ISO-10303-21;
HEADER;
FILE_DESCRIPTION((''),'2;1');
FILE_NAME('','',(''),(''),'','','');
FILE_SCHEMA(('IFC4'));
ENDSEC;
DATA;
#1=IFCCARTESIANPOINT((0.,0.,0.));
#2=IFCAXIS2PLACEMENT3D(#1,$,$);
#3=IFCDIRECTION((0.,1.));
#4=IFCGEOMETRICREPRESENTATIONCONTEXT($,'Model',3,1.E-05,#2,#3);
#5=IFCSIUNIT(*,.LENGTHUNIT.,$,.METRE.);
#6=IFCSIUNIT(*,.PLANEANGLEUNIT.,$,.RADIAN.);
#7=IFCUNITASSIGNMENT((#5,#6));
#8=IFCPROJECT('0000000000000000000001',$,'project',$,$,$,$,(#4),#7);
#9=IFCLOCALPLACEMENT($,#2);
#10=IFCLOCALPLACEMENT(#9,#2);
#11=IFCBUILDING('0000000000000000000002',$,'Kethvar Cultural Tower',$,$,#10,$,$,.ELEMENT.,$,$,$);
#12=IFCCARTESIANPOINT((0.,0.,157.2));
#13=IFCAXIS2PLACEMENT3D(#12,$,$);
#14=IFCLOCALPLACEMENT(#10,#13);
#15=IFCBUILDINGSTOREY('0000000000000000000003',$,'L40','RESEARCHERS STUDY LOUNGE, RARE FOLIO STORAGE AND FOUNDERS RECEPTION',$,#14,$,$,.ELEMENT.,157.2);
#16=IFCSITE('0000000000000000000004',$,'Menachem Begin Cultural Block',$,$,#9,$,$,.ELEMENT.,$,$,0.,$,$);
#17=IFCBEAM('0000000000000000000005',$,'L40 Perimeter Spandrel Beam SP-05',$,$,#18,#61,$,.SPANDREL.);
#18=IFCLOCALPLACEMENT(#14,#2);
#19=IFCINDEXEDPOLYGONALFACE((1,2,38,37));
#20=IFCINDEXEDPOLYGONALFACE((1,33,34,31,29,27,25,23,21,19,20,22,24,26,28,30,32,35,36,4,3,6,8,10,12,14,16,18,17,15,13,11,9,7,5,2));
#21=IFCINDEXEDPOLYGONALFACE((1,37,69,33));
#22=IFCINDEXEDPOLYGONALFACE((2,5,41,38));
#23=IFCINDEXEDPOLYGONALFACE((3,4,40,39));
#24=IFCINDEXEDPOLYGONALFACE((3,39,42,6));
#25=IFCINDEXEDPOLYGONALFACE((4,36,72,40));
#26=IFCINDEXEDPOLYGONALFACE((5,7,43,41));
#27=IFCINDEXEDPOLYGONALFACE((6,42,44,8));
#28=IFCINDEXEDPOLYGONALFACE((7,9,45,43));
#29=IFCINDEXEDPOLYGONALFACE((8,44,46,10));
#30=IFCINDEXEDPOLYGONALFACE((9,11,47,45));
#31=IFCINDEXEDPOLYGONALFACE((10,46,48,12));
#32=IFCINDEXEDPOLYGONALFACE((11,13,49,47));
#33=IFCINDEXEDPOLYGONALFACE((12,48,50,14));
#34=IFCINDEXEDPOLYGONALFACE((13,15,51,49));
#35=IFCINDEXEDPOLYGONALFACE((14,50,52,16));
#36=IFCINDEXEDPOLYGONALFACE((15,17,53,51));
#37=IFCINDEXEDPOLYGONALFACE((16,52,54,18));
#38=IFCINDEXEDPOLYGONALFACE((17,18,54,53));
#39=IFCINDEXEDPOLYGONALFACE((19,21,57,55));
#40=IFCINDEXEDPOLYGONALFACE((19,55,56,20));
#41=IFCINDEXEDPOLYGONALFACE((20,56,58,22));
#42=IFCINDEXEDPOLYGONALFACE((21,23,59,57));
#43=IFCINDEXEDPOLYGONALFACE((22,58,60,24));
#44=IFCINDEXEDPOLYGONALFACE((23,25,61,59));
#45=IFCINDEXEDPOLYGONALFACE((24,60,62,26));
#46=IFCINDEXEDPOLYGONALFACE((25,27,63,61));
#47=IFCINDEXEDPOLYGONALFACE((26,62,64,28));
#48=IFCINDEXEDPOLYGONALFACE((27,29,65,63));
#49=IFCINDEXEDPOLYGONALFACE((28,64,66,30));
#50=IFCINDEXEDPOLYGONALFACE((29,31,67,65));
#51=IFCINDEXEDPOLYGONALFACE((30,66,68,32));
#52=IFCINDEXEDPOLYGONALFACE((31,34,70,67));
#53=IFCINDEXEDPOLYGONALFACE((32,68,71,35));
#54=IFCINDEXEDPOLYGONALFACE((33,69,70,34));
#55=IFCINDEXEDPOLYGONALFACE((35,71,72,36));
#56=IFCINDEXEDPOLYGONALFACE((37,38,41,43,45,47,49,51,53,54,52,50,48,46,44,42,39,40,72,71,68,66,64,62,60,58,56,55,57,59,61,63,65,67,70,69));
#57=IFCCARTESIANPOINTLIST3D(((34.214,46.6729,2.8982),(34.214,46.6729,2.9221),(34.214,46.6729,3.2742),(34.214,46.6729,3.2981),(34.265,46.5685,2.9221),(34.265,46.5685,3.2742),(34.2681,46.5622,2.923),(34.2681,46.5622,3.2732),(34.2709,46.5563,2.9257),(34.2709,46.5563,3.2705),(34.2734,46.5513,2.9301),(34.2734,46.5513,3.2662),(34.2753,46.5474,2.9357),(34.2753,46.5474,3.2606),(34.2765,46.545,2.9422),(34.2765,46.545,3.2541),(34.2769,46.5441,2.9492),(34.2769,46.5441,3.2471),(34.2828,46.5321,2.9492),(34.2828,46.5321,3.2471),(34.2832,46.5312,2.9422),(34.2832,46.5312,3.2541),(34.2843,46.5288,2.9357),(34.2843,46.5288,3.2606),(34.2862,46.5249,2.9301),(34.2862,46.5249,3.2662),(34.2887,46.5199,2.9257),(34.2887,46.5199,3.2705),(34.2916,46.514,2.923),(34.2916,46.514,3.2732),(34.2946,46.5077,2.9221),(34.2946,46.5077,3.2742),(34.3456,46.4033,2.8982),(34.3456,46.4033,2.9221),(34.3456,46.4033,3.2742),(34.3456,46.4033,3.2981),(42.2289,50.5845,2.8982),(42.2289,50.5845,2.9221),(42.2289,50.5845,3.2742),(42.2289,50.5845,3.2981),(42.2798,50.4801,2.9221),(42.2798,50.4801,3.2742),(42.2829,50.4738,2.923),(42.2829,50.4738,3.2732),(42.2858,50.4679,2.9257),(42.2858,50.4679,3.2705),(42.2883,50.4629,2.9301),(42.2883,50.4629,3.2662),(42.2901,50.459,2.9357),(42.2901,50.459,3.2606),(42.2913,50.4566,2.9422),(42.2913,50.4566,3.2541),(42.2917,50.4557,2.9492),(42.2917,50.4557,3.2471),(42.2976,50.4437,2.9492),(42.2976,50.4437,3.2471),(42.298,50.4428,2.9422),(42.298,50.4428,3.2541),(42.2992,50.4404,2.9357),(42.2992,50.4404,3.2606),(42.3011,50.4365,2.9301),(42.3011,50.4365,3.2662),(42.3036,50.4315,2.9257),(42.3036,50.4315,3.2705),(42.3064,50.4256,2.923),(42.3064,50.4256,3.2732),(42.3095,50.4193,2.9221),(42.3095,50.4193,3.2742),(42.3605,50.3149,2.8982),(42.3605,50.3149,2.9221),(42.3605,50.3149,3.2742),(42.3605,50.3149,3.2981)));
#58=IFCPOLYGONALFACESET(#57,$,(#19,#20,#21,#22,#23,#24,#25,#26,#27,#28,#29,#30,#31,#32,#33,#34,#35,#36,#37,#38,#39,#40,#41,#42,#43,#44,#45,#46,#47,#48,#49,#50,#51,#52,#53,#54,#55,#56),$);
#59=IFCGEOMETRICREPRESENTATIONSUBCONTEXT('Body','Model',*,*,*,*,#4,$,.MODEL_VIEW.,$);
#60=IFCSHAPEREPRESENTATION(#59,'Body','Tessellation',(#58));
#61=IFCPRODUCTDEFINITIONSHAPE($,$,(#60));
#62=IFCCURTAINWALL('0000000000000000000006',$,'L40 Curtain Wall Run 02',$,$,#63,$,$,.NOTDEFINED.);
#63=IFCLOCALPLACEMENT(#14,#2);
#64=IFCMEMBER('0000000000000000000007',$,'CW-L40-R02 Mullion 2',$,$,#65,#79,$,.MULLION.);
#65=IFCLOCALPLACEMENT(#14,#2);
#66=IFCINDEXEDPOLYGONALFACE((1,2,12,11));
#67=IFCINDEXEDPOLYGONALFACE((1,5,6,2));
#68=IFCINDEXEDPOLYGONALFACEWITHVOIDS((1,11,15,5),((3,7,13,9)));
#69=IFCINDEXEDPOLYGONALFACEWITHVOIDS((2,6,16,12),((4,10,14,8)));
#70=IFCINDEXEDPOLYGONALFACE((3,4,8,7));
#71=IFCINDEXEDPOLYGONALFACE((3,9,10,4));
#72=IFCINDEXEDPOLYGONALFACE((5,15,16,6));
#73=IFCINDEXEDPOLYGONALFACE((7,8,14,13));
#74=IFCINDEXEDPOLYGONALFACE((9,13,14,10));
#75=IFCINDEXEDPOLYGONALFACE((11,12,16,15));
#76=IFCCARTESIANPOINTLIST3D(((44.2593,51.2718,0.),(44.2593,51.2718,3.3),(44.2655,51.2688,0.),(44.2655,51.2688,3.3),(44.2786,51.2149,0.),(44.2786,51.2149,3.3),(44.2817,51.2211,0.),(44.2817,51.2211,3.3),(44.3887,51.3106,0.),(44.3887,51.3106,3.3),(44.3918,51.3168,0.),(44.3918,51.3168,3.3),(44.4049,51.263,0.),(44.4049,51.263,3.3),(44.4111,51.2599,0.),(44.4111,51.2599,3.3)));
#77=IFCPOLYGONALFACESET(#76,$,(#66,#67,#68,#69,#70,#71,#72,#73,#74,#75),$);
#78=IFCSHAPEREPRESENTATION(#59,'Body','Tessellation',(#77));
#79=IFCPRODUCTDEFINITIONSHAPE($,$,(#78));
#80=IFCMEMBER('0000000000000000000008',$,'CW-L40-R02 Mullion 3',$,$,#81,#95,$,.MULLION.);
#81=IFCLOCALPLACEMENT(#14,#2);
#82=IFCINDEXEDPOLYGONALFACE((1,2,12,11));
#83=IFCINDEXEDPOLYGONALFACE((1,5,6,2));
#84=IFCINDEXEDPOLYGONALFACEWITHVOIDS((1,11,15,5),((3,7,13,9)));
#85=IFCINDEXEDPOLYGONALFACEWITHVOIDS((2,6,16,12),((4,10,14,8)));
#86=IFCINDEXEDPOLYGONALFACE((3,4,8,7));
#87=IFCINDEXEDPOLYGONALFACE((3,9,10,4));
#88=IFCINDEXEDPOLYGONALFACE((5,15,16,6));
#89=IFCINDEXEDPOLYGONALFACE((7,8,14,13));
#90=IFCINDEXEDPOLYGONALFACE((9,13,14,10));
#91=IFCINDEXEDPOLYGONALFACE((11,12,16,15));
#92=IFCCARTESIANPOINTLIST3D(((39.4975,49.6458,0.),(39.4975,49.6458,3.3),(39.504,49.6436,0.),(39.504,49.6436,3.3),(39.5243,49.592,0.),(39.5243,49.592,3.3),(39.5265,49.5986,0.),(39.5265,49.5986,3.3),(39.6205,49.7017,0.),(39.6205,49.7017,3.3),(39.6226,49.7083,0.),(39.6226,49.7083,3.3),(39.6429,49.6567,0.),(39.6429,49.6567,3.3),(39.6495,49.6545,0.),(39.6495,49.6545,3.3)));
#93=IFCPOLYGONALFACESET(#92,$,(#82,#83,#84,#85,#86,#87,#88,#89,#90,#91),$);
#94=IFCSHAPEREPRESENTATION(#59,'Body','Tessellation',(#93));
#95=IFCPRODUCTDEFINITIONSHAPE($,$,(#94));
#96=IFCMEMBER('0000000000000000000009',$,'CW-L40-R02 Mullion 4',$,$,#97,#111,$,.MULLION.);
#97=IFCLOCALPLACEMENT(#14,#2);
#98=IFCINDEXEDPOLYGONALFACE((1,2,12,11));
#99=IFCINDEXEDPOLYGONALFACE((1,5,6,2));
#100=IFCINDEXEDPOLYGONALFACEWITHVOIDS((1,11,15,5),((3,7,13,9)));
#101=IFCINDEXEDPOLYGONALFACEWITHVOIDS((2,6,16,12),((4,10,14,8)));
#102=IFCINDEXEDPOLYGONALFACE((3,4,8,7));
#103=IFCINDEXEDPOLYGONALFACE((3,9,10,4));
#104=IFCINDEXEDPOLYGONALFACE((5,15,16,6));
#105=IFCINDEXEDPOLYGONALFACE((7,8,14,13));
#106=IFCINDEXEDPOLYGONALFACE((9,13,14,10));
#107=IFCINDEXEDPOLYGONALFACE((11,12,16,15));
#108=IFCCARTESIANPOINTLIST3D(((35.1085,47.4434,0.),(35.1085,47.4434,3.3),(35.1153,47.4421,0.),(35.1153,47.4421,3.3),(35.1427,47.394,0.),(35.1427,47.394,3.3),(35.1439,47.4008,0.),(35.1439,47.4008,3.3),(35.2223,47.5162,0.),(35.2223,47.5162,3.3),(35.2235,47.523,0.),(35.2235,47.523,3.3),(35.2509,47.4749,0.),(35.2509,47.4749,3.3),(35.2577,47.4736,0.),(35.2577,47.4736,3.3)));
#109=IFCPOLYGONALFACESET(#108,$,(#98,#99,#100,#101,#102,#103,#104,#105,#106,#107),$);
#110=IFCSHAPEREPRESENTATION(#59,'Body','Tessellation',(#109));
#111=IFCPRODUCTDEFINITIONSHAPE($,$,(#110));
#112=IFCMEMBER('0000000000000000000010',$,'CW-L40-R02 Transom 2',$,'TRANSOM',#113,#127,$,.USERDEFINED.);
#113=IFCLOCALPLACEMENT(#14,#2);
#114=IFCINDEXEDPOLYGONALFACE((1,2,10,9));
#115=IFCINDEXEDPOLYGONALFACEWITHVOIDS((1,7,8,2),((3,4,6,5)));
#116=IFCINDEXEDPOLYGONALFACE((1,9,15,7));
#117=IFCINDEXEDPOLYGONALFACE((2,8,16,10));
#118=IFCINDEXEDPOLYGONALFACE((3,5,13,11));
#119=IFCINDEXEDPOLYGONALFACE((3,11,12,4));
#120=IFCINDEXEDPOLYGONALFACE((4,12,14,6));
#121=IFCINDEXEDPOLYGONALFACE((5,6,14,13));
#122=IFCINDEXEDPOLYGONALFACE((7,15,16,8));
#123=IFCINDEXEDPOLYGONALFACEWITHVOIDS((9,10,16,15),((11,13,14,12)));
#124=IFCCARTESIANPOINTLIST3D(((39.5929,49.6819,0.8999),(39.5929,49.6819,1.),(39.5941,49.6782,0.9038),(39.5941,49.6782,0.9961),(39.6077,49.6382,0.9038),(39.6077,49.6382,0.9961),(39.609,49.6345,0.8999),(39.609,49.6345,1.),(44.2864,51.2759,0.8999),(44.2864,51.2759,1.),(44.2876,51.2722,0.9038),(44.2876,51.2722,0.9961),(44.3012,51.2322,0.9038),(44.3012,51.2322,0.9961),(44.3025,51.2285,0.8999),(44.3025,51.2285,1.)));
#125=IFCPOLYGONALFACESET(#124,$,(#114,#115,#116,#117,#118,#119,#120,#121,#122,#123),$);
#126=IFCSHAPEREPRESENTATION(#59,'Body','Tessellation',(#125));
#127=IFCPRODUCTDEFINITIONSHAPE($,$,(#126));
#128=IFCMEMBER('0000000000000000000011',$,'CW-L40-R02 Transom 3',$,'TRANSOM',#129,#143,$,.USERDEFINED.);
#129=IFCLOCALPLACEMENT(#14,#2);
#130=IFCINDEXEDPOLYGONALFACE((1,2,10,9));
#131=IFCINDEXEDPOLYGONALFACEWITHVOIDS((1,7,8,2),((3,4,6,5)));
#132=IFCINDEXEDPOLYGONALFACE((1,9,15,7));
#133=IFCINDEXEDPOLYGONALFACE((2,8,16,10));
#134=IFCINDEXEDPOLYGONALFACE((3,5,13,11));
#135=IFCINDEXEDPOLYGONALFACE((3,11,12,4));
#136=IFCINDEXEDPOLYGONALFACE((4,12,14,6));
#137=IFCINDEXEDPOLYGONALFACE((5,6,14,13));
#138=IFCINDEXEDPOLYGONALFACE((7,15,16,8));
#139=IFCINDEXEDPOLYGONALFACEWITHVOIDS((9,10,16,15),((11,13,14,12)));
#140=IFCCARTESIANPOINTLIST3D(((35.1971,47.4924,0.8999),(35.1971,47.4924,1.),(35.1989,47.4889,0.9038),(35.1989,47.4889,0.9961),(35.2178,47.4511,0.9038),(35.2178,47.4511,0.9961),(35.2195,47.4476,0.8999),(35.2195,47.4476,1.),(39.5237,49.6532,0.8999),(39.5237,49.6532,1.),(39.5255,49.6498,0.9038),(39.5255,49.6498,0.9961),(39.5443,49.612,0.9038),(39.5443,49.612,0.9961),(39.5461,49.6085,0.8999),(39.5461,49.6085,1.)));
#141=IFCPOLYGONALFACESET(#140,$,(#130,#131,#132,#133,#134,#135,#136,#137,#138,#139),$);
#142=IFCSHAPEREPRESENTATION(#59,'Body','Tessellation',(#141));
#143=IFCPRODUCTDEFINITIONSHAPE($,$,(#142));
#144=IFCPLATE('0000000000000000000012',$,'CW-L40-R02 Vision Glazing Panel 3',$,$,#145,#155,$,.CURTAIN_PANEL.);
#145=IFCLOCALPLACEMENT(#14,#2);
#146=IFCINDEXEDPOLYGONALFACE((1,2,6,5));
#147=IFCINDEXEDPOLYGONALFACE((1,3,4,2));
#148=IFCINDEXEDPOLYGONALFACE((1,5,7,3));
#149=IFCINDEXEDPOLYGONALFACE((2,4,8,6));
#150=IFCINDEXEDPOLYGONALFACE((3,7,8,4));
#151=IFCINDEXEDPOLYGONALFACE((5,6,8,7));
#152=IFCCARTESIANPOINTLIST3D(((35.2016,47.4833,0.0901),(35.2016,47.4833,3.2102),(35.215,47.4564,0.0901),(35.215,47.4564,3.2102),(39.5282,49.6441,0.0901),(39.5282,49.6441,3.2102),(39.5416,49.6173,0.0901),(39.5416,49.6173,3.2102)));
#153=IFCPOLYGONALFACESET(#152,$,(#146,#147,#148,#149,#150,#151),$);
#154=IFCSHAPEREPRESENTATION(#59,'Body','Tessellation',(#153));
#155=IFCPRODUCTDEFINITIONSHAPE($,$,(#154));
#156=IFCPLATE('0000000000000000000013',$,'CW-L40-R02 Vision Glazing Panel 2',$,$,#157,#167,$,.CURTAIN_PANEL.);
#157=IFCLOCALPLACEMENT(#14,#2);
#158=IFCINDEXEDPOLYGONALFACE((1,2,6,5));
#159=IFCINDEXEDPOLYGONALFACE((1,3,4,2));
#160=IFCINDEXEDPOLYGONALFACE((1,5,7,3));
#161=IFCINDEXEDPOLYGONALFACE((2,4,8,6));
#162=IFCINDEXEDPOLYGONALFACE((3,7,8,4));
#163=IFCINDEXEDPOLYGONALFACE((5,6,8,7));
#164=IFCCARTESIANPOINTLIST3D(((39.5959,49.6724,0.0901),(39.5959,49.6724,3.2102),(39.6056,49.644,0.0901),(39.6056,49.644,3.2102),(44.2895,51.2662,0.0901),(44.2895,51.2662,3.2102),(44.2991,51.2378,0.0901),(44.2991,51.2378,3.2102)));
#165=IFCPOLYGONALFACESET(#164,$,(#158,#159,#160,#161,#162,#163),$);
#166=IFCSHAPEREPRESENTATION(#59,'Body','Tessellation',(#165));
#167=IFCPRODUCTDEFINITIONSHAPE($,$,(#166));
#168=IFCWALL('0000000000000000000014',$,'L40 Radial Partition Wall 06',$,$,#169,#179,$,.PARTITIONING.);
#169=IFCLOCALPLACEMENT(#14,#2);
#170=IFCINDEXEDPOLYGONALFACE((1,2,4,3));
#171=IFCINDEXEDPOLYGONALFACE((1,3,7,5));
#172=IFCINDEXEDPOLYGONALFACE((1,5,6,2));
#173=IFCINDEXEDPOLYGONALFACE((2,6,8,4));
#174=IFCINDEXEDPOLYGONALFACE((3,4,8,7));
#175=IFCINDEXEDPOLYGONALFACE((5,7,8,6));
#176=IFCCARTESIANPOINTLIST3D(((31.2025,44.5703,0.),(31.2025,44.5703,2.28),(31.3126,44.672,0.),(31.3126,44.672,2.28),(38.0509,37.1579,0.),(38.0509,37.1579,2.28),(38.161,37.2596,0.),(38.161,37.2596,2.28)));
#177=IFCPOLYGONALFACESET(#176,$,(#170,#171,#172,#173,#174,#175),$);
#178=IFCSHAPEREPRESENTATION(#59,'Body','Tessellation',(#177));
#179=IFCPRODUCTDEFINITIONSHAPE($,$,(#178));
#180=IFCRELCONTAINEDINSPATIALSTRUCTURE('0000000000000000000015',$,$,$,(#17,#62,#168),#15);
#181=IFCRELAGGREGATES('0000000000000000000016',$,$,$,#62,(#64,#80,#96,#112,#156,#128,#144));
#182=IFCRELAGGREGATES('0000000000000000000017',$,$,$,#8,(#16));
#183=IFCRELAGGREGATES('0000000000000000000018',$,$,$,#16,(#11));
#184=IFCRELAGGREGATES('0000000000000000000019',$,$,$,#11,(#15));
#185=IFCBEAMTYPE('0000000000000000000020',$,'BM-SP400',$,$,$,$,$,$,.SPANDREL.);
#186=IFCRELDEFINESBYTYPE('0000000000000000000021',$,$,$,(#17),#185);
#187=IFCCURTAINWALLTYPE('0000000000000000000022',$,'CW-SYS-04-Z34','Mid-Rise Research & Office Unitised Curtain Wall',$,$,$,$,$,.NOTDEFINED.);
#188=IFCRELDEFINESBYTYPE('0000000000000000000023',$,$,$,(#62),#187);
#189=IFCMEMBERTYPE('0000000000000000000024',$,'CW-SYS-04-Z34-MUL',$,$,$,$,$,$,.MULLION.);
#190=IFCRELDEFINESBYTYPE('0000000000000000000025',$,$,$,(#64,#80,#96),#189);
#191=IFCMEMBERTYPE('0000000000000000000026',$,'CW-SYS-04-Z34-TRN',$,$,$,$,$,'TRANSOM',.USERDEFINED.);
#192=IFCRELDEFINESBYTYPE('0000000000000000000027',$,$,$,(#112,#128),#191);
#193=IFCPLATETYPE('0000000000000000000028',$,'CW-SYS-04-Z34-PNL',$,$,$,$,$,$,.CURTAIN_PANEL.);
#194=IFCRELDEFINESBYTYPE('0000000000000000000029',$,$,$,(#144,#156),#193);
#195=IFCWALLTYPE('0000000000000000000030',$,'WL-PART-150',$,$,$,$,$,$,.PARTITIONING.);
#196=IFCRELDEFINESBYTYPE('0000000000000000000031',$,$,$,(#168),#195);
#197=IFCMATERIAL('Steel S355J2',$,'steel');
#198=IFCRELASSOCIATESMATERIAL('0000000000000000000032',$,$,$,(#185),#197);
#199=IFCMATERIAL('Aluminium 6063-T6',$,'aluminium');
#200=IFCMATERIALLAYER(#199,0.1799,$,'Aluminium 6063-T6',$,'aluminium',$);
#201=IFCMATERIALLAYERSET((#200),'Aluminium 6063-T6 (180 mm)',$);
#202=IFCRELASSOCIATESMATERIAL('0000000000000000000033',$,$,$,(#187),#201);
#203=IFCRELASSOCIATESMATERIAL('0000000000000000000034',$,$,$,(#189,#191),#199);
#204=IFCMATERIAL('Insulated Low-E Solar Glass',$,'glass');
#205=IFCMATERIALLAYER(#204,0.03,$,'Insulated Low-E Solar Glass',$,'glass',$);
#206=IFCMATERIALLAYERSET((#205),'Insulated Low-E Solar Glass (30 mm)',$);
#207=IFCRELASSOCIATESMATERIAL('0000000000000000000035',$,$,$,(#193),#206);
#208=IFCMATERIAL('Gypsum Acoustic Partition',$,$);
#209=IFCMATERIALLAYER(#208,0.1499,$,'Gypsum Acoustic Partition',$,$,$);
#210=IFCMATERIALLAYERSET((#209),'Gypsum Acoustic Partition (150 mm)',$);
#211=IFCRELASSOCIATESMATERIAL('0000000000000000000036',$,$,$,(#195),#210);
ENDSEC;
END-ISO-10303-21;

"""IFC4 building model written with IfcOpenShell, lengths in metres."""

from ifc_helpers import new_model, si_unit, direction, frame, frame_2d, origin, origin_2d, place, context, subcontext, project, spatial, rectangle, hollow_rectangle, i_section, extrude, source, transform, mapped, material, layer, layer_set, material_profile, profile_set, type_object, element, aggregate, save


model = new_model("IFC4")

# Units and contexts
model_context = context("Model", 3, precision=1e-05, world=origin(), true_north=direction((0.0, 1.0)))
body_context = subcontext(model_context, "Body", "Model", "MODEL_VIEW")
ifc_project = project(units=[si_unit("LENGTHUNIT", "METRE"), si_unit("PLANEANGLEUNIT", "RADIAN")], contexts=[model_context])

# Site, building, storey
site_placement = place(None, origin())
site = spatial("IfcSite", under=ifc_project, at=site_placement, Name="Menachem Begin Cultural Block", CompositionType="ELEMENT", RefElevation=0.0)
building_placement = place(site_placement, origin())
building = spatial("IfcBuilding", under=site, at=building_placement, Name="Kethvar Cultural Tower", CompositionType="ELEMENT")
storey_placement = place(building_placement, frame((0.0, 0.0, 157.2)))
storey = spatial("IfcBuildingStorey", under=building, at=storey_placement, Name="L40", Description="RESEARCHERS STUDY LOUNGE, RARE FOLIO STORAGE AND FOUNDERS RECEPTION", CompositionType="ELEMENT", Elevation=157.2)

# Beam
ifc_material_1 = material(Name="Steel S355J2", Category="steel")
ifc_material_profile_1 = material_profile(ifc_material_1, i_section(OverallWidth=0.3, OverallDepth=0.3999, WebThickness=0.0134, FlangeThickness=0.0239, FilletRadius=0.0271, at=origin_2d()), Name="Steel S355J2 — HEB400")
ifc_profile_set_1 = profile_set([ifc_material_profile_1], Name="Steel S355J2 — HEB400")
beam_type_1 = type_object("IfcBeamType", Name="BM-SP400", PredefinedType="SPANDREL", material=ifc_profile_set_1)
shared_shape_1 = source(origin(), body_context, "Body", "SweptSolid", [
    extrude(i_section(OverallWidth=0.3, OverallDepth=0.3999, WebThickness=0.0134, FlangeThickness=0.0239, FilletRadius=0.0271, at=origin_2d()), origin(), (0.0, 0.0, 1.0), 8.9185),
])
beam_1_placement = place(storey_placement, frame((42.2947, 50.4497, 3.0981), z_axis=(-0.898684, -0.438597, 0.0), x_axis=(0.438597, -0.898684, 0.0)))
element("IfcBeam", 1, at=beam_1_placement, inside=storey, type_object=beam_type_1, Name="L40 Perimeter Spandrel Beam SP-05", PredefinedType="SPANDREL", context=body_context, shape_type="MappedRepresentation", body=[
    mapped(shared_shape_1, transform((0.0, 0.0, 0.0), scale=1.0)),
])

# Curtain wall, members, plates
ifc_material_2 = material(Name="Aluminium 6063-T6", Category="aluminium")
ifc_layer_1 = layer(ifc_material_2, 0.1799, Name="Aluminium 6063-T6", Category="aluminium")
ifc_layer_set_1 = layer_set([ifc_layer_1], Name="Aluminium 6063-T6 (180 mm)")
curtain_wall_type = type_object("IfcCurtainWallType", Name="CW-SYS-04-Z34", Description="Mid-Rise Research & Office Unitised Curtain Wall", PredefinedType="NOTDEFINED", material=ifc_layer_set_1)
curtain_wall_placement = place(storey_placement, origin())
curtain_wall = element("IfcCurtainWall", 2, at=curtain_wall_placement, inside=storey, type_object=curtain_wall_type, Name="L40 Curtain Wall Run 02", PredefinedType="NOTDEFINED")
ifc_material_profile_2 = material_profile(ifc_material_2, hollow_rectangle(XDim=0.0601, YDim=0.1399, WallThickness=0.0049, at=origin_2d()), Name="Aluminium 6063-T6 — RHS140x60x5")
ifc_profile_set_2 = profile_set([ifc_material_profile_2], Name="Aluminium 6063-T6 — RHS140x60x5")
member_type_1 = type_object("IfcMemberType", Name="CW-SYS-04-Z34-MUL", PredefinedType="MULLION", material=ifc_profile_set_2)
shared_shape_2 = source(origin(), body_context, "Body", "SweptSolid", [
    extrude(hollow_rectangle(XDim=0.0601, YDim=0.1399, WallThickness=0.0049, at=origin_2d()), origin(), (0.0, 0.0, 1.0), 3.3),
])
member_1_placement = place(storey_placement, frame((44.3352, 51.2659, 0.0), z_axis=(0.0, 0.0, 1.0), x_axis=(0.321539, -0.946896, 0.0)))
member_1 = element("IfcMember", 3, at=member_1_placement, type_object=member_type_1, Name="CW-L40-R02 Mullion 2", PredefinedType="MULLION", context=body_context, shape_type="MappedRepresentation", body=[
    mapped(shared_shape_2, transform((0.0, 0.0, 0.0), scale=1.0)),
])
member_2_placement = place(storey_placement, frame((39.5735, 49.6501, 0.0), z_axis=(0.0, 0.0, 1.0), x_axis=(0.446807, -0.89463, 0.0)))
member_2 = element("IfcMember", 4, at=member_2_placement, type_object=member_type_1, Name="CW-L40-R02 Mullion 3", PredefinedType="MULLION", context=body_context, shape_type="MappedRepresentation", body=[
    mapped(shared_shape_2, transform((0.0, 0.0, 0.0), scale=1.0)),
])
member_3_placement = place(storey_placement, frame((35.1831, 47.4585, 0.0), z_axis=(0.0, 0.0, 1.0), x_axis=(0.569323, -0.822114, 0.0)))
member_3 = element("IfcMember", 5, at=member_3_placement, type_object=member_type_1, Name="CW-L40-R02 Mullion 4", PredefinedType="MULLION", context=body_context, shape_type="MappedRepresentation", body=[
    mapped(shared_shape_2, transform((0.0, 0.0, 0.0), scale=1.0)),
])
ifc_material_profile_3 = material_profile(ifc_material_2, hollow_rectangle(XDim=0.05, YDim=0.1001, WallThickness=0.0039, at=origin_2d()), Name="Aluminium 6063-T6 — RHS100x50x4")
ifc_profile_set_3 = profile_set([ifc_material_profile_3], Name="Aluminium 6063-T6 — RHS100x50x4")
member_type_2 = type_object("IfcMemberType", Name="CW-SYS-04-Z34-TRN", ElementType="TRANSOM", PredefinedType="USERDEFINED", material=ifc_profile_set_3)
shared_shape_3 = source(origin(), body_context, "Body", "SweptSolid", [
    extrude(hollow_rectangle(XDim=0.05, YDim=0.1001, WallThickness=0.0039, at=origin_2d()), origin(), (0.0, 0.0, 1.0), 4.9568),
])
member_4_placement = place(storey_placement, frame((44.2944, 51.2522, 0.95), z_axis=(-0.946885, -0.321572, 0.0), x_axis=(0.321572, -0.946885, 0.0)))
member_4 = element("IfcMember", 6, at=member_4_placement, type_object=member_type_2, Name="CW-L40-R02 Transom 2", ObjectType="TRANSOM", PredefinedType="USERDEFINED", context=body_context, shape_type="MappedRepresentation", body=[
    mapped(shared_shape_3, transform((0.0, 0.0, 0.0), scale=1.0)),
])
shared_shape_4 = source(origin(), body_context, "Body", "SweptSolid", [
    extrude(hollow_rectangle(XDim=0.05, YDim=0.1001, WallThickness=0.0039, at=origin_2d()), origin(), (0.0, 0.0, 1.0), 4.8362),
])
member_5_placement = place(storey_placement, frame((39.5349, 49.6309, 0.95), z_axis=(-0.894629, -0.44681, 0.0), x_axis=(0.44681, -0.894629, 0.0)))
member_5 = element("IfcMember", 7, at=member_5_placement, type_object=member_type_2, Name="CW-L40-R02 Transom 3", ObjectType="TRANSOM", PredefinedType="USERDEFINED", context=body_context, shape_type="MappedRepresentation", body=[
    mapped(shared_shape_4, transform((0.0, 0.0, 0.0), scale=1.0)),
])
ifc_material_3 = material(Name="Insulated Low-E Solar Glass", Category="glass")
ifc_layer_2 = layer(ifc_material_3, 0.03, Name="Insulated Low-E Solar Glass", Category="glass")
ifc_layer_set_2 = layer_set([ifc_layer_2], Name="Insulated Low-E Solar Glass (30 mm)")
plate_type = type_object("IfcPlateType", Name="CW-SYS-04-Z34-PNL", PredefinedType="CURTAIN_PANEL", material=ifc_layer_set_2)
shared_shape_5 = source(origin(), body_context, "Body", "SweptSolid", [
    extrude(rectangle(XDim=4.8362, YDim=0.03, at=origin_2d()), origin(), (0.0, 0.0, 1.0), 3.1201),
])
plate_1_placement = place(storey_placement, frame((37.3716, 48.5503, 0.0901), z_axis=(0.0, 0.0, 1.0), x_axis=(-0.89463, -0.446807, 0.0)))
plate_1 = element("IfcPlate", 8, at=plate_1_placement, type_object=plate_type, Name="CW-L40-R02 Vision Glazing Panel 3", PredefinedType="CURTAIN_PANEL", context=body_context, shape_type="MappedRepresentation", body=[
    mapped(shared_shape_5, transform((0.0, 0.0, 0.0), scale=1.0)),
])
shared_shape_6 = source(origin(), body_context, "Body", "SweptSolid", [
    extrude(rectangle(XDim=4.9568, YDim=0.03, at=origin_2d()), origin(), (0.0, 0.0, 1.0), 3.1201),
])
plate_2_placement = place(storey_placement, frame((41.9475, 50.4551, 0.0901), z_axis=(0.0, 0.0, 1.0), x_axis=(-0.946896, -0.321539, 0.0)))
plate_2 = element("IfcPlate", 9, at=plate_2_placement, type_object=plate_type, Name="CW-L40-R02 Vision Glazing Panel 2", PredefinedType="CURTAIN_PANEL", context=body_context, shape_type="MappedRepresentation", body=[
    mapped(shared_shape_6, transform((0.0, 0.0, 0.0), scale=1.0)),
])
aggregate(curtain_wall, [member_1, member_2, member_3, member_4, plate_2, member_5, plate_1])

# Wall
ifc_material_4 = material(Name="Gypsum Acoustic Partition")
ifc_layer_3 = layer(ifc_material_4, 0.1499, Name="Gypsum Acoustic Partition")
ifc_layer_set_3 = layer_set([ifc_layer_3], Name="Gypsum Acoustic Partition (150 mm)")
wall_type = type_object("IfcWallType", Name="WL-PART-150", PredefinedType="PARTITIONING", material=ifc_layer_set_3)
wall_placement = place(storey_placement, frame((38.106, 37.2087, 0.0), z_axis=(0.0, 0.0, 1.0), x_axis=(-0.678613, 0.734496, 0.0)))
element("IfcWall", 10, at=wall_placement, inside=storey, type_object=wall_type, Name="L40 Radial Partition Wall 06", PredefinedType="PARTITIONING", context=body_context, shape_type="SweptSolid", body=[
    extrude(rectangle(XDim=10.0918, YDim=0.1499, at=frame_2d((5.0459, 0.0))), origin(), (0.0, 0.0, 1.0), 2.28),
])

save(model, "model.ifc")
